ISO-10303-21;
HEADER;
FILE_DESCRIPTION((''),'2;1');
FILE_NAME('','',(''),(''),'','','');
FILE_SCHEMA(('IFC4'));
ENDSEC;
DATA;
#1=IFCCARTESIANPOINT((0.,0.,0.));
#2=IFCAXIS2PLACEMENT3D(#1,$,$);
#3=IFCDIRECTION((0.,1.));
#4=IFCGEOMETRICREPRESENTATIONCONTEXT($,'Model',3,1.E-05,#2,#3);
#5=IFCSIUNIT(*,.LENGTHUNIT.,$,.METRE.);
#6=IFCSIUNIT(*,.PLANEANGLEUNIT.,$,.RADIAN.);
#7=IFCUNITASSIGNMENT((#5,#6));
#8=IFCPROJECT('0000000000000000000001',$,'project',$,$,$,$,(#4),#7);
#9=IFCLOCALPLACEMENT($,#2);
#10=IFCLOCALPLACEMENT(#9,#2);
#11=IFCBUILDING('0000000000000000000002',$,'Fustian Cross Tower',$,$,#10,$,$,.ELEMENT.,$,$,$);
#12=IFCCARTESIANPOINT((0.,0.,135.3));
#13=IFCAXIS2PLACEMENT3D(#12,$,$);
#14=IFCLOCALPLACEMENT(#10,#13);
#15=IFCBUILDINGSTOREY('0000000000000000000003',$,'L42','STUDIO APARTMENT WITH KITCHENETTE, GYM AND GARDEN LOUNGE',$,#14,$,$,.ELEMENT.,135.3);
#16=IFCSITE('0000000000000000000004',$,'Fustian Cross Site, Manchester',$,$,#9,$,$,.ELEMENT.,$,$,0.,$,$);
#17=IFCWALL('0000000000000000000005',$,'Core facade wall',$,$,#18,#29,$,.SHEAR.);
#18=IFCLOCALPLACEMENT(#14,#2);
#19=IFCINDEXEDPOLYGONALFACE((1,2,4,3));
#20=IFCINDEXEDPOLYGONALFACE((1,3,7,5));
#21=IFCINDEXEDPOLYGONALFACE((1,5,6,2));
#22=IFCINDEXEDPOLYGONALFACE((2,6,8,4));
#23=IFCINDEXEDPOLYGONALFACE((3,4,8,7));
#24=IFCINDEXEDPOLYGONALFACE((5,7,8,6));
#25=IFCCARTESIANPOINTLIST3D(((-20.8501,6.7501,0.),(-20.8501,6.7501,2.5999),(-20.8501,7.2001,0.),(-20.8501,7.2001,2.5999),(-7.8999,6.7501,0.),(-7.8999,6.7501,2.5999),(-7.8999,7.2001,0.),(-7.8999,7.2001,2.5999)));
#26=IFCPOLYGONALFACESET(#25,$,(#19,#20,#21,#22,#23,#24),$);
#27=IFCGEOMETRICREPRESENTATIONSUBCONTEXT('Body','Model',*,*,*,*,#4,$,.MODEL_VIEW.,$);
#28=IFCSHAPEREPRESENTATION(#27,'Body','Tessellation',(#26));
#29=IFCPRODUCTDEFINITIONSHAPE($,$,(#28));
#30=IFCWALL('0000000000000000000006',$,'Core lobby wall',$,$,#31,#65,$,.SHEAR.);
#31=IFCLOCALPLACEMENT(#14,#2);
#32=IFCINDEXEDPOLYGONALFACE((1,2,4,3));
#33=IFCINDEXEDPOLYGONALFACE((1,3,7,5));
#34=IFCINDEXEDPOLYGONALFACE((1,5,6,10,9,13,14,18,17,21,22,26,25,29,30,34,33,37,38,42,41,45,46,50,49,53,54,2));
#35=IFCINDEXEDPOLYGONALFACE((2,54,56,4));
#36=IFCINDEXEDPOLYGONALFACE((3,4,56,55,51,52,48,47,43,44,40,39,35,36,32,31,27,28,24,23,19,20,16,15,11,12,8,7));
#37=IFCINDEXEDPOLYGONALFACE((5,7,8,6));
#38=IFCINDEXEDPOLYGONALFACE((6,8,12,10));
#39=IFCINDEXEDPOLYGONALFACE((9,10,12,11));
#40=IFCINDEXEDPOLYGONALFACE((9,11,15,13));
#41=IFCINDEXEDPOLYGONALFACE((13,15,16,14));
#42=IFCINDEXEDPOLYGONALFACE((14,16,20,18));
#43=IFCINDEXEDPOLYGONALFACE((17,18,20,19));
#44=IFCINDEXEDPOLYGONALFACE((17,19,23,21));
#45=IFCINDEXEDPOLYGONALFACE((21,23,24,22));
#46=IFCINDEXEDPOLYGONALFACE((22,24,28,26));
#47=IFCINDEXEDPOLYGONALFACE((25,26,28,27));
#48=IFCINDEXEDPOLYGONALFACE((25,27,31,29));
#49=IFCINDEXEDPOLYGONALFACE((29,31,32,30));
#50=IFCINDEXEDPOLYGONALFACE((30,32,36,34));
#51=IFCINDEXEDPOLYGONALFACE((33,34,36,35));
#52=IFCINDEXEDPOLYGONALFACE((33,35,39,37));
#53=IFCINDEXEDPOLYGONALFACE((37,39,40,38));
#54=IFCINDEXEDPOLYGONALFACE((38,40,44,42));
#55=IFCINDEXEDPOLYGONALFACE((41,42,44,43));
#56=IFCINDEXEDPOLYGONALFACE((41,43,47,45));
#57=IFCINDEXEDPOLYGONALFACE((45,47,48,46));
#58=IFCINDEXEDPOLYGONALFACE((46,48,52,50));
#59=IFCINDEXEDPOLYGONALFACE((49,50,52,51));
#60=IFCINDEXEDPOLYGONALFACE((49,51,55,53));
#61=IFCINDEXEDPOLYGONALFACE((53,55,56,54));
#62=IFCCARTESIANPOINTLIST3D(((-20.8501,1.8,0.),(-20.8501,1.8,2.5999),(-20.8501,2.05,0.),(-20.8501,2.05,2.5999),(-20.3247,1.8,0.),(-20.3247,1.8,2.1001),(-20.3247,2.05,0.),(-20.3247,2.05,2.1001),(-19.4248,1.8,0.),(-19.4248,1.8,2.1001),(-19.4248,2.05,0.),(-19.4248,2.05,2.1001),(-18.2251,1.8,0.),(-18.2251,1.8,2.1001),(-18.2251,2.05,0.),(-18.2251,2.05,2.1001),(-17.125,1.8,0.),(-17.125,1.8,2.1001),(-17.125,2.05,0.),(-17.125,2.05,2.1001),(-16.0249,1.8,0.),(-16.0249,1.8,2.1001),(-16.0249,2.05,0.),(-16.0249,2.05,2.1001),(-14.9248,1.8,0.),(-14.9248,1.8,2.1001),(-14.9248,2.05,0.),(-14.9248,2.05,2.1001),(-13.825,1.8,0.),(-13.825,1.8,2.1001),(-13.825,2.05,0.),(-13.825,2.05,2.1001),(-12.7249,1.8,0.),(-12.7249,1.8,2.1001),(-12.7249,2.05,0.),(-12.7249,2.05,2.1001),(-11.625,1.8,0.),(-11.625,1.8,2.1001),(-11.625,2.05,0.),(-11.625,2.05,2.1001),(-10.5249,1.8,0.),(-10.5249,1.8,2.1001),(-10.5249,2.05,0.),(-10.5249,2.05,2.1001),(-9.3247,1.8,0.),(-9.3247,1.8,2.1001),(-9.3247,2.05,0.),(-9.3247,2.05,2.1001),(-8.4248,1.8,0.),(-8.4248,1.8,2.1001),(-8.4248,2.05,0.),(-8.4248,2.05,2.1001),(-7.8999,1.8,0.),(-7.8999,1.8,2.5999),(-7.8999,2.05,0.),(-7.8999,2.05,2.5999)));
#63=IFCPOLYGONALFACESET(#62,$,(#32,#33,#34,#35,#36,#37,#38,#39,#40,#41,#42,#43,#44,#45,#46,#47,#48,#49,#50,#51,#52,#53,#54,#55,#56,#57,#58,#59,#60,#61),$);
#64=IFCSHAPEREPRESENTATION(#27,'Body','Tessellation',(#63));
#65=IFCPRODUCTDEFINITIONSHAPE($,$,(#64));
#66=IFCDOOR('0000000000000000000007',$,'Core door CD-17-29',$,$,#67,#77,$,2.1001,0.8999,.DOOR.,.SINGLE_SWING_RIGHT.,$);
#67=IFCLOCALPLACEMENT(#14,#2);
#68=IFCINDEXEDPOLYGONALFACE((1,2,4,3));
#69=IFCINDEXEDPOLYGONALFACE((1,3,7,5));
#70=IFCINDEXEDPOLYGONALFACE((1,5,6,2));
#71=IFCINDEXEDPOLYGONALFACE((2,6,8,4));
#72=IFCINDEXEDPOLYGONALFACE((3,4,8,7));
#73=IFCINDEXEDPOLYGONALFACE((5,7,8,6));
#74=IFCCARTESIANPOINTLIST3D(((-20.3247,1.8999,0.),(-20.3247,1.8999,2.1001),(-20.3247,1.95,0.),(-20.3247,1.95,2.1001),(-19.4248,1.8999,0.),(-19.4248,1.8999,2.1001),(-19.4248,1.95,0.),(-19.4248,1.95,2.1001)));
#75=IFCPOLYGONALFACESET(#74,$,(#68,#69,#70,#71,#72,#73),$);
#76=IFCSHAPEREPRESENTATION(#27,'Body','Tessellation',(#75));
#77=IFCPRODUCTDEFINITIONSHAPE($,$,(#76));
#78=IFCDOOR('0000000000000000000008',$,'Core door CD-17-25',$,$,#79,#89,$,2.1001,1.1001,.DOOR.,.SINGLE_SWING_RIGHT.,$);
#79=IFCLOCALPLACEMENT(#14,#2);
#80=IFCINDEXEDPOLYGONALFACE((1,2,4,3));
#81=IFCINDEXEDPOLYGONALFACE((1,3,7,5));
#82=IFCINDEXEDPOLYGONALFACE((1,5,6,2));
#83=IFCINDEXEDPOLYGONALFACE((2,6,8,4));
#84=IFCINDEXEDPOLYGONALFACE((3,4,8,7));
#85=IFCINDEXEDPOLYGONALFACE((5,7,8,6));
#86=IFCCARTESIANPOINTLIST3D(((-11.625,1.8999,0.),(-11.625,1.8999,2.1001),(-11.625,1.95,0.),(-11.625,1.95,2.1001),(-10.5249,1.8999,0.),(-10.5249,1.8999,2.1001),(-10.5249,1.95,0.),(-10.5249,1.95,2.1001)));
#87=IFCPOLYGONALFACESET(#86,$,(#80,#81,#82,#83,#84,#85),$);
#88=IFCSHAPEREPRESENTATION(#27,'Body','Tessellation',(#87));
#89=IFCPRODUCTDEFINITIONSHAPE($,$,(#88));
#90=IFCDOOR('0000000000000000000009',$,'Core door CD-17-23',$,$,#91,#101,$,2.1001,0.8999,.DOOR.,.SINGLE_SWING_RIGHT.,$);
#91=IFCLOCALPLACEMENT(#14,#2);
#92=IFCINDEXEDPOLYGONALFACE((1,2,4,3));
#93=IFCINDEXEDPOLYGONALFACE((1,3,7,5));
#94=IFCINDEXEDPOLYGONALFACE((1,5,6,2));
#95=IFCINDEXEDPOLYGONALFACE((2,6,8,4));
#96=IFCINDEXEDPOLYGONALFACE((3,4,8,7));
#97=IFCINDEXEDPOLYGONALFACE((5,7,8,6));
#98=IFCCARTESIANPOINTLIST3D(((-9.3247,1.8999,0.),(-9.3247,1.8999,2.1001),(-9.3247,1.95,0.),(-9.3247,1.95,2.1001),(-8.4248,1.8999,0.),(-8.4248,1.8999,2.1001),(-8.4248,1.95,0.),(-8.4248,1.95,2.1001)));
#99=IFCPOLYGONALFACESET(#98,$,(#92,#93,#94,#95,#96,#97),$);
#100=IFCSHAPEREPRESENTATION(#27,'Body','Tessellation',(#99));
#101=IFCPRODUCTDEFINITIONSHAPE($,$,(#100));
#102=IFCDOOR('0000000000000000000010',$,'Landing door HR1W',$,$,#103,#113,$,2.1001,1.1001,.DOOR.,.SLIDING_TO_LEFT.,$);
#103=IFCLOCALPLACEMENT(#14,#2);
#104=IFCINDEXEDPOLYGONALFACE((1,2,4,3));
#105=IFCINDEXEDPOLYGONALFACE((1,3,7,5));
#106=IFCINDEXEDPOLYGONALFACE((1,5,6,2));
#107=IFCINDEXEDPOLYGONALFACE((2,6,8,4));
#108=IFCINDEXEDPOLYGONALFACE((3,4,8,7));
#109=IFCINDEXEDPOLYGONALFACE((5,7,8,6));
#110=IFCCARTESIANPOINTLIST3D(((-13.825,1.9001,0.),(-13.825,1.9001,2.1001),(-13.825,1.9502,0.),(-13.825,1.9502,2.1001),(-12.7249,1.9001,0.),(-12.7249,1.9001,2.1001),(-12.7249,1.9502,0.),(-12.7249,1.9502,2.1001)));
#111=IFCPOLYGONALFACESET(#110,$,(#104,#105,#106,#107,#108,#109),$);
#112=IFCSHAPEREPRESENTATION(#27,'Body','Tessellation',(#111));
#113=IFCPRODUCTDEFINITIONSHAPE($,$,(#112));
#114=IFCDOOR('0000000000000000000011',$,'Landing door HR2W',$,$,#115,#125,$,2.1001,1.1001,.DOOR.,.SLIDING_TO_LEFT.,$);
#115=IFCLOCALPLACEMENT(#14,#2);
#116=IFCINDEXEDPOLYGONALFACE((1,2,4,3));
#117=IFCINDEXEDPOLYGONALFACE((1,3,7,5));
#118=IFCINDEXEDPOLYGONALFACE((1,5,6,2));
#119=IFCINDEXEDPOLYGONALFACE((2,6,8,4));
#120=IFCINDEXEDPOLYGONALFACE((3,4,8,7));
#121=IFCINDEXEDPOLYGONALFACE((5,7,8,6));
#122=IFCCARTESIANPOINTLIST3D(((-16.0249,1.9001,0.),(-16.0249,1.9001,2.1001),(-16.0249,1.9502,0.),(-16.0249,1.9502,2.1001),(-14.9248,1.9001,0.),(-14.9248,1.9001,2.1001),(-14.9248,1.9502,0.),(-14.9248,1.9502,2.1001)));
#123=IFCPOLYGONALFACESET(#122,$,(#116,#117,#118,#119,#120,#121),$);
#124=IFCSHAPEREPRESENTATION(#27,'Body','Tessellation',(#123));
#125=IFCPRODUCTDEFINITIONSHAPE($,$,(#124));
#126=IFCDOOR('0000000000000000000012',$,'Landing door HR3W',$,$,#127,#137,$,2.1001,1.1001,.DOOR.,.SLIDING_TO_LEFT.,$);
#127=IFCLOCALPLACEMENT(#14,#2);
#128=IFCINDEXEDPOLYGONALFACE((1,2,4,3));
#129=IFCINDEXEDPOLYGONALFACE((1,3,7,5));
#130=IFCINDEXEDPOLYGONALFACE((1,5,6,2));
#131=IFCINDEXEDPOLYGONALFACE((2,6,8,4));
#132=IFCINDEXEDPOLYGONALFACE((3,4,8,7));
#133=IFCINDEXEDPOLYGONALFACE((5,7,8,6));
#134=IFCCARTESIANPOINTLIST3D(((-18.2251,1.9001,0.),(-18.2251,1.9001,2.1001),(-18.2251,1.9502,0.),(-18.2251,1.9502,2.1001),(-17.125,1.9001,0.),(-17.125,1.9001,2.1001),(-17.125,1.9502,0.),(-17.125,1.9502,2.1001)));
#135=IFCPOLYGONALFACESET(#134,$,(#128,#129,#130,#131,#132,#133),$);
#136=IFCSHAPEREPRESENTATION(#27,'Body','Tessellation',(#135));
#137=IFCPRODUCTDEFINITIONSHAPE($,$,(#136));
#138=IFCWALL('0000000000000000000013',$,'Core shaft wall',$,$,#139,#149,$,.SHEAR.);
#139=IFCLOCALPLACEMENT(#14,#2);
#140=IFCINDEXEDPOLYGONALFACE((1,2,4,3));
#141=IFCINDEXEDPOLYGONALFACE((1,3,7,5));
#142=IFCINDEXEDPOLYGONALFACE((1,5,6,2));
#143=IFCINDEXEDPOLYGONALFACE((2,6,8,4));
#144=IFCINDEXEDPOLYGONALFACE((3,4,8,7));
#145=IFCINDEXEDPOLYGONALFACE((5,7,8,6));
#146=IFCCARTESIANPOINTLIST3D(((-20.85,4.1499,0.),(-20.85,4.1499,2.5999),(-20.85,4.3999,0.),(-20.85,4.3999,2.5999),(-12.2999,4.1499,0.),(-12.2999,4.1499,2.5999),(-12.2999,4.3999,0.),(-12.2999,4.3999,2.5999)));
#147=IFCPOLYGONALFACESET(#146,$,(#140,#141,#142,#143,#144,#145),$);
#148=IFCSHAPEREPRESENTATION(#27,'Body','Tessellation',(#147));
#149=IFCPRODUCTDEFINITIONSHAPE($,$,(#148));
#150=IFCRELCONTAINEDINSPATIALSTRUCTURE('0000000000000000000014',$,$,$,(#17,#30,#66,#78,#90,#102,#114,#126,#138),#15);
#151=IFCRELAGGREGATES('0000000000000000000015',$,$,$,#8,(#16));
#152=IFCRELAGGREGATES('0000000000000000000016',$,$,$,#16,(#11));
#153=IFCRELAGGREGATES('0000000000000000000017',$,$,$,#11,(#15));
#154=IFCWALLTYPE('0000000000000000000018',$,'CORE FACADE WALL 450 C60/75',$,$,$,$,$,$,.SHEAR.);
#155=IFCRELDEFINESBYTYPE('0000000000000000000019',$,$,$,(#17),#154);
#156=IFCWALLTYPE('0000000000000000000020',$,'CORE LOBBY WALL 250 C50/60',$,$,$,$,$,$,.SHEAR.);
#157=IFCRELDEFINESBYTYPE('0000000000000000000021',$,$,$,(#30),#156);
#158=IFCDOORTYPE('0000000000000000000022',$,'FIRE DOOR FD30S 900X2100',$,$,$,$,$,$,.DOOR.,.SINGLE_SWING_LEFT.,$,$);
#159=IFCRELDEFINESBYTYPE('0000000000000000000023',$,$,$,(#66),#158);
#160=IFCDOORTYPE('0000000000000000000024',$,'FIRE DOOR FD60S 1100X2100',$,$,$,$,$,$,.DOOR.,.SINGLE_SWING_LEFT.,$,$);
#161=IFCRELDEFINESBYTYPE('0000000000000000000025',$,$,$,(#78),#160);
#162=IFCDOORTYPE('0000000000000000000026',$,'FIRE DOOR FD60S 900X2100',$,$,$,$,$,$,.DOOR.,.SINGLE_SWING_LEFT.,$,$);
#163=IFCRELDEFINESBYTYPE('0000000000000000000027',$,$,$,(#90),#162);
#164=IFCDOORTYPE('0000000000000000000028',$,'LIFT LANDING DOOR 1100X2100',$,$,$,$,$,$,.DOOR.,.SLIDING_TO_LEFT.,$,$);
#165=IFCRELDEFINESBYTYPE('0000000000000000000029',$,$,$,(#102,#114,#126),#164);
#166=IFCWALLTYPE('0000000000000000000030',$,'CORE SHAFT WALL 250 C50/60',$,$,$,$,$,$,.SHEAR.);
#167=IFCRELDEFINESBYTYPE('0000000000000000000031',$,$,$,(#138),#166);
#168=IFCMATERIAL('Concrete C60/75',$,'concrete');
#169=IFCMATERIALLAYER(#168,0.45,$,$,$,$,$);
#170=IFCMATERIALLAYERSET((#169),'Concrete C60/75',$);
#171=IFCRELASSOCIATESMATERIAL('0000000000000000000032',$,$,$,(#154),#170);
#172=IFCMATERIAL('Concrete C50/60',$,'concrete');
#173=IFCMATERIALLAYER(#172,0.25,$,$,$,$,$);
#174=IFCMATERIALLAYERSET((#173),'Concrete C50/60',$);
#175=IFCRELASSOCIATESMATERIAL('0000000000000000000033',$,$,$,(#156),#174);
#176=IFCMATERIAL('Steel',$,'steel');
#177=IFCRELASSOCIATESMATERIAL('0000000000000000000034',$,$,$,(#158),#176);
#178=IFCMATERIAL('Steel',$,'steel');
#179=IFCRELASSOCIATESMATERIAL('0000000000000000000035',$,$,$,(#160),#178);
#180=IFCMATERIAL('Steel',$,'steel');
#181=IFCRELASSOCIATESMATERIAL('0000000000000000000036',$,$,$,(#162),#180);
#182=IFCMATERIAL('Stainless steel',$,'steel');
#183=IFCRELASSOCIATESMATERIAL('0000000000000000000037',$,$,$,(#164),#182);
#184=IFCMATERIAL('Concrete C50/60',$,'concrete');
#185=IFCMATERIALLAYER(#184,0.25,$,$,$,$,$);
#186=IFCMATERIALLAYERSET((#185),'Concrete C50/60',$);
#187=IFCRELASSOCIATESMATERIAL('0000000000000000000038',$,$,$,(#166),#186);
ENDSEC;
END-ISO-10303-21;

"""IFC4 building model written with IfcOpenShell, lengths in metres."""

from ifc_helpers import new_model, si_unit, direction, frame, frame_2d, origin, place, context, subcontext, project, spatial, rectangle, extrude, material, layer, layer_set, type_object, element, fill, save


model = new_model("IFC4")

# Units and contexts
model_context = context("Model", 3, precision=1e-05, world=origin(), true_north=direction((0.0, 1.0)))
body_context = subcontext(model_context, "Body", "Model", "MODEL_VIEW")
ifc_project = project(units=[si_unit("LENGTHUNIT", "METRE"), si_unit("PLANEANGLEUNIT", "RADIAN")], contexts=[model_context])

# Site, building, storey
site_placement = place(None, origin())
site = spatial("IfcSite", under=ifc_project, at=site_placement, Name="Fustian Cross Site, Manchester", CompositionType="ELEMENT", RefElevation=0.0)
building_placement = place(site_placement, origin())
building = spatial("IfcBuilding", under=site, at=building_placement, Name="Fustian Cross Tower", CompositionType="ELEMENT")
storey_placement = place(building_placement, frame((0.0, 0.0, 135.3)))
storey = spatial("IfcBuildingStorey", under=building, at=storey_placement, Name="L42", Description="STUDIO APARTMENT WITH KITCHENETTE, GYM AND GARDEN LOUNGE", CompositionType="ELEMENT", Elevation=135.3)

# Wall
ifc_material_1 = material(Name="Concrete C60/75", Category="concrete")
ifc_layer_1 = layer(ifc_material_1, 0.45)
ifc_layer_set_1 = layer_set([ifc_layer_1], Name="Concrete C60/75")
wall_type_1 = type_object("IfcWallType", Name="CORE FACADE WALL 450 C60/75", PredefinedType="SHEAR", material=ifc_layer_set_1)
wall_1_placement = place(storey_placement, frame((-7.8999, 6.9751, 0.0), z_axis=(0.0, 0.0, 1.0), x_axis=(-1.0, 0.0, 0.0)))
element("IfcWall", 1, at=wall_1_placement, inside=storey, type_object=wall_type_1, Name="Core facade wall", PredefinedType="SHEAR", context=body_context, shape_type="SweptSolid", body=[
    extrude(rectangle(XDim=12.9502, YDim=0.45, at=frame_2d((6.4751, 0.0))), origin(), (0.0, 0.0, 1.0), 2.5999),
])

# Wall, openings, doors
ifc_material_2 = material(Name="Concrete C50/60", Category="concrete")
ifc_layer_2 = layer(ifc_material_2, 0.25)
ifc_layer_set_2 = layer_set([ifc_layer_2], Name="Concrete C50/60")
wall_type_2 = type_object("IfcWallType", Name="CORE LOBBY WALL 250 C50/60", PredefinedType="SHEAR", material=ifc_layer_set_2)
wall_2_placement = place(storey_placement, frame((-7.8999, 1.925, 0.0), z_axis=(0.0, 0.0, 1.0), x_axis=(-1.0, 0.0, 0.0)))
wall_2 = element("IfcWall", 2, at=wall_2_placement, inside=storey, type_object=wall_type_2, Name="Core lobby wall", PredefinedType="SHEAR", context=body_context, shape_type="SweptSolid", body=[
    extrude(rectangle(XDim=12.9502, YDim=0.25, at=frame_2d((6.4751, 0.0))), origin(), (0.0, 0.0, 1.0), 2.5999),
])
opening_1_placement = place(wall_2_placement, frame((4.825, 0.0, 0.0)))
opening_1 = element("IfcOpeningElement", 3, at=opening_1_placement, cuts=wall_2, PredefinedType="OPENING", context=body_context, shape_type="SweptSolid", body=[
    extrude(rectangle(XDim=1.1001, YDim=2.1001, at=frame_2d((0.55, 1.05))), frame((0.0, 0.135, 0.0), z_axis=(0.0, -1.0, 0.0), x_axis=(1.0, 0.0, 0.0)), (0.0, 0.0, 1.0), 0.27),
])
opening_2_placement = place(wall_2_placement, frame((7.0249, 0.0, 0.0)))
opening_2 = element("IfcOpeningElement", 4, at=opening_2_placement, cuts=wall_2, PredefinedType="OPENING", context=body_context, shape_type="SweptSolid", body=[
    extrude(rectangle(XDim=1.1001, YDim=2.1001, at=frame_2d((0.55, 1.05))), frame((0.0, 0.135, 0.0), z_axis=(0.0, -1.0, 0.0), x_axis=(1.0, 0.0, 0.0)), (0.0, 0.0, 1.0), 0.27),
])
opening_3_placement = place(wall_2_placement, frame((9.2251, 0.0, 0.0)))
opening_3 = element("IfcOpeningElement", 5, at=opening_3_placement, cuts=wall_2, PredefinedType="OPENING", context=body_context, shape_type="SweptSolid", body=[
    extrude(rectangle(XDim=1.1001, YDim=2.1001, at=frame_2d((0.55, 1.05))), frame((0.0, 0.135, 0.0), z_axis=(0.0, -1.0, 0.0), x_axis=(1.0, 0.0, 0.0)), (0.0, 0.0, 1.0), 0.27),
])
opening_4_placement = place(wall_2_placement, frame((0.5249, 0.0, 0.0)))
opening_4 = element("IfcOpeningElement", 6, at=opening_4_placement, cuts=wall_2, PredefinedType="OPENING", context=body_context, shape_type="SweptSolid", body=[
    extrude(rectangle(XDim=0.8999, YDim=2.1001, at=frame_2d((0.45, 1.05))), frame((0.0, 0.135, 0.0), z_axis=(0.0, -1.0, 0.0), x_axis=(1.0, 0.0, 0.0)), (0.0, 0.0, 1.0), 0.27),
])
opening_5_placement = place(wall_2_placement, frame((2.625, 0.0, 0.0)))
opening_5 = element("IfcOpeningElement", 7, at=opening_5_placement, cuts=wall_2, PredefinedType="OPENING", context=body_context, shape_type="SweptSolid", body=[
    extrude(rectangle(XDim=1.1001, YDim=2.1001, at=frame_2d((0.55, 1.05))), frame((0.0, 0.135, 0.0), z_axis=(0.0, -1.0, 0.0), x_axis=(1.0, 0.0, 0.0)), (0.0, 0.0, 1.0), 0.27),
])
opening_6_placement = place(wall_2_placement, frame((11.5249, 0.0, 0.0)))
opening_6 = element("IfcOpeningElement", 8, at=opening_6_placement, cuts=wall_2, PredefinedType="OPENING", context=body_context, shape_type="SweptSolid", body=[
    extrude(rectangle(XDim=0.8999, YDim=2.1001, at=frame_2d((0.45, 1.05))), frame((0.0, 0.135, 0.0), z_axis=(0.0, -1.0, 0.0), x_axis=(1.0, 0.0, 0.0)), (0.0, 0.0, 1.0), 0.27),
])
ifc_material_3 = material(Name="Steel", Category="steel")
door_type_1 = type_object("IfcDoorType", Name="FIRE DOOR FD30S 900X2100", OperationType="SINGLE_SWING_LEFT", PredefinedType="DOOR", material=ifc_material_3)
door_1_placement = place(opening_6_placement, frame((0.8999, 0.0, 0.0), z_axis=(0.0, 0.0, 1.0), x_axis=(-1.0, 0.0, 0.0)))
door_1 = element("IfcDoor", 9, at=door_1_placement, inside=storey, type_object=door_type_1, Name="Core door CD-17-29", OperationType="SINGLE_SWING_RIGHT", OverallHeight=2.1001, OverallWidth=0.8999, PredefinedType="DOOR", context=body_context, shape_type="SweptSolid", body=[
    extrude(rectangle(XDim=0.8999, YDim=2.1001, at=frame_2d((0.45, 1.05))), frame((0.0, 0.0249, 0.0), z_axis=(0.0, -1.0, 0.0), x_axis=(1.0, 0.0, 0.0)), (0.0, 0.0, 1.0), 0.05),
])
fill(opening_6, door_1)
ifc_material_4 = material(Name="Steel", Category="steel")
door_type_2 = type_object("IfcDoorType", Name="FIRE DOOR FD60S 1100X2100", OperationType="SINGLE_SWING_LEFT", PredefinedType="DOOR", material=ifc_material_4)
door_2_placement = place(opening_5_placement, frame((1.1001, 0.0, 0.0), z_axis=(0.0, 0.0, 1.0), x_axis=(-1.0, 0.0, 0.0)))
door_2 = element("IfcDoor", 10, at=door_2_placement, inside=storey, type_object=door_type_2, Name="Core door CD-17-25", OperationType="SINGLE_SWING_RIGHT", OverallHeight=2.1001, OverallWidth=1.1001, PredefinedType="DOOR", context=body_context, shape_type="SweptSolid", body=[
    extrude(rectangle(XDim=1.1001, YDim=2.1001, at=frame_2d((0.55, 1.05))), frame((0.0, 0.0249, 0.0), z_axis=(0.0, -1.0, 0.0), x_axis=(1.0, 0.0, 0.0)), (0.0, 0.0, 1.0), 0.05),
])
fill(opening_5, door_2)
ifc_material_5 = material(Name="Steel", Category="steel")
door_type_3 = type_object("IfcDoorType", Name="FIRE DOOR FD60S 900X2100", OperationType="SINGLE_SWING_LEFT", PredefinedType="DOOR", material=ifc_material_5)
door_3_placement = place(opening_4_placement, frame((0.8999, 0.0, 0.0), z_axis=(0.0, 0.0, 1.0), x_axis=(-1.0, 0.0, 0.0)))
door_3 = element("IfcDoor", 11, at=door_3_placement, inside=storey, type_object=door_type_3, Name="Core door CD-17-23", OperationType="SINGLE_SWING_RIGHT", OverallHeight=2.1001, OverallWidth=0.8999, PredefinedType="DOOR", context=body_context, shape_type="SweptSolid", body=[
    extrude(rectangle(XDim=0.8999, YDim=2.1001, at=frame_2d((0.45, 1.05))), frame((0.0, 0.0249, 0.0), z_axis=(0.0, -1.0, 0.0), x_axis=(1.0, 0.0, 0.0)), (0.0, 0.0, 1.0), 0.05),
])
fill(opening_4, door_3)
ifc_material_6 = material(Name="Stainless steel", Category="steel")
door_type_4 = type_object("IfcDoorType", Name="LIFT LANDING DOOR 1100X2100", OperationType="SLIDING_TO_LEFT", PredefinedType="DOOR", material=ifc_material_6)
door_4_placement = place(opening_1_placement, origin())
door_4 = element("IfcDoor", 12, at=door_4_placement, inside=storey, type_object=door_type_4, Name="Landing door HR1W", OperationType="SLIDING_TO_LEFT", OverallHeight=2.1001, OverallWidth=1.1001, PredefinedType="DOOR", context=body_context, shape_type="SweptSolid", body=[
    extrude(rectangle(XDim=1.1001, YDim=2.1001, at=frame_2d((0.55, 1.05))), frame((0.0, 0.0249, 0.0), z_axis=(0.0, -1.0, 0.0), x_axis=(1.0, 0.0, 0.0)), (0.0, 0.0, 1.0), 0.05),
])
fill(opening_1, door_4)
door_5_placement = place(opening_2_placement, origin())
door_5 = element("IfcDoor", 13, at=door_5_placement, inside=storey, type_object=door_type_4, Name="Landing door HR2W", OperationType="SLIDING_TO_LEFT", OverallHeight=2.1001, OverallWidth=1.1001, PredefinedType="DOOR", context=body_context, shape_type="SweptSolid", body=[
    extrude(rectangle(XDim=1.1001, YDim=2.1001, at=frame_2d((0.55, 1.05))), frame((0.0, 0.0249, 0.0), z_axis=(0.0, -1.0, 0.0), x_axis=(1.0, 0.0, 0.0)), (0.0, 0.0, 1.0), 0.05),
])
fill(opening_2, door_5)
door_6_placement = place(opening_3_placement, origin())
door_6 = element("IfcDoor", 14, at=door_6_placement, inside=storey, type_object=door_type_4, Name="Landing door HR3W", OperationType="SLIDING_TO_LEFT", OverallHeight=2.1001, OverallWidth=1.1001, PredefinedType="DOOR", context=body_context, shape_type="SweptSolid", body=[
    extrude(rectangle(XDim=1.1001, YDim=2.1001, at=frame_2d((0.55, 1.05))), frame((0.0, 0.0249, 0.0), z_axis=(0.0, -1.0, 0.0), x_axis=(1.0, 0.0, 0.0)), (0.0, 0.0, 1.0), 0.05),
])
fill(opening_3, door_6)

# Wall
ifc_material_7 = material(Name="Concrete C50/60", Category="concrete")
ifc_layer_3 = layer(ifc_material_7, 0.25)
ifc_layer_set_3 = layer_set([ifc_layer_3], Name="Concrete C50/60")
wall_type_3 = type_object("IfcWallType", Name="CORE SHAFT WALL 250 C50/60", PredefinedType="SHEAR", material=ifc_layer_set_3)
wall_3_placement = place(storey_placement, frame((-12.3, 4.2749, 0.0), z_axis=(0.0, 0.0, 1.0), x_axis=(-1.0, 0.0, 0.0)))
element("IfcWall", 15, at=wall_3_placement, inside=storey, type_object=wall_type_3, Name="Core shaft wall", PredefinedType="SHEAR", context=body_context, shape_type="SweptSolid", body=[
    extrude(rectangle(XDim=8.55, YDim=0.25, at=frame_2d((4.2749, 0.0))), origin(), (0.0, 0.0, 1.0), 2.5999),
])

save(model, "model.ifc")
